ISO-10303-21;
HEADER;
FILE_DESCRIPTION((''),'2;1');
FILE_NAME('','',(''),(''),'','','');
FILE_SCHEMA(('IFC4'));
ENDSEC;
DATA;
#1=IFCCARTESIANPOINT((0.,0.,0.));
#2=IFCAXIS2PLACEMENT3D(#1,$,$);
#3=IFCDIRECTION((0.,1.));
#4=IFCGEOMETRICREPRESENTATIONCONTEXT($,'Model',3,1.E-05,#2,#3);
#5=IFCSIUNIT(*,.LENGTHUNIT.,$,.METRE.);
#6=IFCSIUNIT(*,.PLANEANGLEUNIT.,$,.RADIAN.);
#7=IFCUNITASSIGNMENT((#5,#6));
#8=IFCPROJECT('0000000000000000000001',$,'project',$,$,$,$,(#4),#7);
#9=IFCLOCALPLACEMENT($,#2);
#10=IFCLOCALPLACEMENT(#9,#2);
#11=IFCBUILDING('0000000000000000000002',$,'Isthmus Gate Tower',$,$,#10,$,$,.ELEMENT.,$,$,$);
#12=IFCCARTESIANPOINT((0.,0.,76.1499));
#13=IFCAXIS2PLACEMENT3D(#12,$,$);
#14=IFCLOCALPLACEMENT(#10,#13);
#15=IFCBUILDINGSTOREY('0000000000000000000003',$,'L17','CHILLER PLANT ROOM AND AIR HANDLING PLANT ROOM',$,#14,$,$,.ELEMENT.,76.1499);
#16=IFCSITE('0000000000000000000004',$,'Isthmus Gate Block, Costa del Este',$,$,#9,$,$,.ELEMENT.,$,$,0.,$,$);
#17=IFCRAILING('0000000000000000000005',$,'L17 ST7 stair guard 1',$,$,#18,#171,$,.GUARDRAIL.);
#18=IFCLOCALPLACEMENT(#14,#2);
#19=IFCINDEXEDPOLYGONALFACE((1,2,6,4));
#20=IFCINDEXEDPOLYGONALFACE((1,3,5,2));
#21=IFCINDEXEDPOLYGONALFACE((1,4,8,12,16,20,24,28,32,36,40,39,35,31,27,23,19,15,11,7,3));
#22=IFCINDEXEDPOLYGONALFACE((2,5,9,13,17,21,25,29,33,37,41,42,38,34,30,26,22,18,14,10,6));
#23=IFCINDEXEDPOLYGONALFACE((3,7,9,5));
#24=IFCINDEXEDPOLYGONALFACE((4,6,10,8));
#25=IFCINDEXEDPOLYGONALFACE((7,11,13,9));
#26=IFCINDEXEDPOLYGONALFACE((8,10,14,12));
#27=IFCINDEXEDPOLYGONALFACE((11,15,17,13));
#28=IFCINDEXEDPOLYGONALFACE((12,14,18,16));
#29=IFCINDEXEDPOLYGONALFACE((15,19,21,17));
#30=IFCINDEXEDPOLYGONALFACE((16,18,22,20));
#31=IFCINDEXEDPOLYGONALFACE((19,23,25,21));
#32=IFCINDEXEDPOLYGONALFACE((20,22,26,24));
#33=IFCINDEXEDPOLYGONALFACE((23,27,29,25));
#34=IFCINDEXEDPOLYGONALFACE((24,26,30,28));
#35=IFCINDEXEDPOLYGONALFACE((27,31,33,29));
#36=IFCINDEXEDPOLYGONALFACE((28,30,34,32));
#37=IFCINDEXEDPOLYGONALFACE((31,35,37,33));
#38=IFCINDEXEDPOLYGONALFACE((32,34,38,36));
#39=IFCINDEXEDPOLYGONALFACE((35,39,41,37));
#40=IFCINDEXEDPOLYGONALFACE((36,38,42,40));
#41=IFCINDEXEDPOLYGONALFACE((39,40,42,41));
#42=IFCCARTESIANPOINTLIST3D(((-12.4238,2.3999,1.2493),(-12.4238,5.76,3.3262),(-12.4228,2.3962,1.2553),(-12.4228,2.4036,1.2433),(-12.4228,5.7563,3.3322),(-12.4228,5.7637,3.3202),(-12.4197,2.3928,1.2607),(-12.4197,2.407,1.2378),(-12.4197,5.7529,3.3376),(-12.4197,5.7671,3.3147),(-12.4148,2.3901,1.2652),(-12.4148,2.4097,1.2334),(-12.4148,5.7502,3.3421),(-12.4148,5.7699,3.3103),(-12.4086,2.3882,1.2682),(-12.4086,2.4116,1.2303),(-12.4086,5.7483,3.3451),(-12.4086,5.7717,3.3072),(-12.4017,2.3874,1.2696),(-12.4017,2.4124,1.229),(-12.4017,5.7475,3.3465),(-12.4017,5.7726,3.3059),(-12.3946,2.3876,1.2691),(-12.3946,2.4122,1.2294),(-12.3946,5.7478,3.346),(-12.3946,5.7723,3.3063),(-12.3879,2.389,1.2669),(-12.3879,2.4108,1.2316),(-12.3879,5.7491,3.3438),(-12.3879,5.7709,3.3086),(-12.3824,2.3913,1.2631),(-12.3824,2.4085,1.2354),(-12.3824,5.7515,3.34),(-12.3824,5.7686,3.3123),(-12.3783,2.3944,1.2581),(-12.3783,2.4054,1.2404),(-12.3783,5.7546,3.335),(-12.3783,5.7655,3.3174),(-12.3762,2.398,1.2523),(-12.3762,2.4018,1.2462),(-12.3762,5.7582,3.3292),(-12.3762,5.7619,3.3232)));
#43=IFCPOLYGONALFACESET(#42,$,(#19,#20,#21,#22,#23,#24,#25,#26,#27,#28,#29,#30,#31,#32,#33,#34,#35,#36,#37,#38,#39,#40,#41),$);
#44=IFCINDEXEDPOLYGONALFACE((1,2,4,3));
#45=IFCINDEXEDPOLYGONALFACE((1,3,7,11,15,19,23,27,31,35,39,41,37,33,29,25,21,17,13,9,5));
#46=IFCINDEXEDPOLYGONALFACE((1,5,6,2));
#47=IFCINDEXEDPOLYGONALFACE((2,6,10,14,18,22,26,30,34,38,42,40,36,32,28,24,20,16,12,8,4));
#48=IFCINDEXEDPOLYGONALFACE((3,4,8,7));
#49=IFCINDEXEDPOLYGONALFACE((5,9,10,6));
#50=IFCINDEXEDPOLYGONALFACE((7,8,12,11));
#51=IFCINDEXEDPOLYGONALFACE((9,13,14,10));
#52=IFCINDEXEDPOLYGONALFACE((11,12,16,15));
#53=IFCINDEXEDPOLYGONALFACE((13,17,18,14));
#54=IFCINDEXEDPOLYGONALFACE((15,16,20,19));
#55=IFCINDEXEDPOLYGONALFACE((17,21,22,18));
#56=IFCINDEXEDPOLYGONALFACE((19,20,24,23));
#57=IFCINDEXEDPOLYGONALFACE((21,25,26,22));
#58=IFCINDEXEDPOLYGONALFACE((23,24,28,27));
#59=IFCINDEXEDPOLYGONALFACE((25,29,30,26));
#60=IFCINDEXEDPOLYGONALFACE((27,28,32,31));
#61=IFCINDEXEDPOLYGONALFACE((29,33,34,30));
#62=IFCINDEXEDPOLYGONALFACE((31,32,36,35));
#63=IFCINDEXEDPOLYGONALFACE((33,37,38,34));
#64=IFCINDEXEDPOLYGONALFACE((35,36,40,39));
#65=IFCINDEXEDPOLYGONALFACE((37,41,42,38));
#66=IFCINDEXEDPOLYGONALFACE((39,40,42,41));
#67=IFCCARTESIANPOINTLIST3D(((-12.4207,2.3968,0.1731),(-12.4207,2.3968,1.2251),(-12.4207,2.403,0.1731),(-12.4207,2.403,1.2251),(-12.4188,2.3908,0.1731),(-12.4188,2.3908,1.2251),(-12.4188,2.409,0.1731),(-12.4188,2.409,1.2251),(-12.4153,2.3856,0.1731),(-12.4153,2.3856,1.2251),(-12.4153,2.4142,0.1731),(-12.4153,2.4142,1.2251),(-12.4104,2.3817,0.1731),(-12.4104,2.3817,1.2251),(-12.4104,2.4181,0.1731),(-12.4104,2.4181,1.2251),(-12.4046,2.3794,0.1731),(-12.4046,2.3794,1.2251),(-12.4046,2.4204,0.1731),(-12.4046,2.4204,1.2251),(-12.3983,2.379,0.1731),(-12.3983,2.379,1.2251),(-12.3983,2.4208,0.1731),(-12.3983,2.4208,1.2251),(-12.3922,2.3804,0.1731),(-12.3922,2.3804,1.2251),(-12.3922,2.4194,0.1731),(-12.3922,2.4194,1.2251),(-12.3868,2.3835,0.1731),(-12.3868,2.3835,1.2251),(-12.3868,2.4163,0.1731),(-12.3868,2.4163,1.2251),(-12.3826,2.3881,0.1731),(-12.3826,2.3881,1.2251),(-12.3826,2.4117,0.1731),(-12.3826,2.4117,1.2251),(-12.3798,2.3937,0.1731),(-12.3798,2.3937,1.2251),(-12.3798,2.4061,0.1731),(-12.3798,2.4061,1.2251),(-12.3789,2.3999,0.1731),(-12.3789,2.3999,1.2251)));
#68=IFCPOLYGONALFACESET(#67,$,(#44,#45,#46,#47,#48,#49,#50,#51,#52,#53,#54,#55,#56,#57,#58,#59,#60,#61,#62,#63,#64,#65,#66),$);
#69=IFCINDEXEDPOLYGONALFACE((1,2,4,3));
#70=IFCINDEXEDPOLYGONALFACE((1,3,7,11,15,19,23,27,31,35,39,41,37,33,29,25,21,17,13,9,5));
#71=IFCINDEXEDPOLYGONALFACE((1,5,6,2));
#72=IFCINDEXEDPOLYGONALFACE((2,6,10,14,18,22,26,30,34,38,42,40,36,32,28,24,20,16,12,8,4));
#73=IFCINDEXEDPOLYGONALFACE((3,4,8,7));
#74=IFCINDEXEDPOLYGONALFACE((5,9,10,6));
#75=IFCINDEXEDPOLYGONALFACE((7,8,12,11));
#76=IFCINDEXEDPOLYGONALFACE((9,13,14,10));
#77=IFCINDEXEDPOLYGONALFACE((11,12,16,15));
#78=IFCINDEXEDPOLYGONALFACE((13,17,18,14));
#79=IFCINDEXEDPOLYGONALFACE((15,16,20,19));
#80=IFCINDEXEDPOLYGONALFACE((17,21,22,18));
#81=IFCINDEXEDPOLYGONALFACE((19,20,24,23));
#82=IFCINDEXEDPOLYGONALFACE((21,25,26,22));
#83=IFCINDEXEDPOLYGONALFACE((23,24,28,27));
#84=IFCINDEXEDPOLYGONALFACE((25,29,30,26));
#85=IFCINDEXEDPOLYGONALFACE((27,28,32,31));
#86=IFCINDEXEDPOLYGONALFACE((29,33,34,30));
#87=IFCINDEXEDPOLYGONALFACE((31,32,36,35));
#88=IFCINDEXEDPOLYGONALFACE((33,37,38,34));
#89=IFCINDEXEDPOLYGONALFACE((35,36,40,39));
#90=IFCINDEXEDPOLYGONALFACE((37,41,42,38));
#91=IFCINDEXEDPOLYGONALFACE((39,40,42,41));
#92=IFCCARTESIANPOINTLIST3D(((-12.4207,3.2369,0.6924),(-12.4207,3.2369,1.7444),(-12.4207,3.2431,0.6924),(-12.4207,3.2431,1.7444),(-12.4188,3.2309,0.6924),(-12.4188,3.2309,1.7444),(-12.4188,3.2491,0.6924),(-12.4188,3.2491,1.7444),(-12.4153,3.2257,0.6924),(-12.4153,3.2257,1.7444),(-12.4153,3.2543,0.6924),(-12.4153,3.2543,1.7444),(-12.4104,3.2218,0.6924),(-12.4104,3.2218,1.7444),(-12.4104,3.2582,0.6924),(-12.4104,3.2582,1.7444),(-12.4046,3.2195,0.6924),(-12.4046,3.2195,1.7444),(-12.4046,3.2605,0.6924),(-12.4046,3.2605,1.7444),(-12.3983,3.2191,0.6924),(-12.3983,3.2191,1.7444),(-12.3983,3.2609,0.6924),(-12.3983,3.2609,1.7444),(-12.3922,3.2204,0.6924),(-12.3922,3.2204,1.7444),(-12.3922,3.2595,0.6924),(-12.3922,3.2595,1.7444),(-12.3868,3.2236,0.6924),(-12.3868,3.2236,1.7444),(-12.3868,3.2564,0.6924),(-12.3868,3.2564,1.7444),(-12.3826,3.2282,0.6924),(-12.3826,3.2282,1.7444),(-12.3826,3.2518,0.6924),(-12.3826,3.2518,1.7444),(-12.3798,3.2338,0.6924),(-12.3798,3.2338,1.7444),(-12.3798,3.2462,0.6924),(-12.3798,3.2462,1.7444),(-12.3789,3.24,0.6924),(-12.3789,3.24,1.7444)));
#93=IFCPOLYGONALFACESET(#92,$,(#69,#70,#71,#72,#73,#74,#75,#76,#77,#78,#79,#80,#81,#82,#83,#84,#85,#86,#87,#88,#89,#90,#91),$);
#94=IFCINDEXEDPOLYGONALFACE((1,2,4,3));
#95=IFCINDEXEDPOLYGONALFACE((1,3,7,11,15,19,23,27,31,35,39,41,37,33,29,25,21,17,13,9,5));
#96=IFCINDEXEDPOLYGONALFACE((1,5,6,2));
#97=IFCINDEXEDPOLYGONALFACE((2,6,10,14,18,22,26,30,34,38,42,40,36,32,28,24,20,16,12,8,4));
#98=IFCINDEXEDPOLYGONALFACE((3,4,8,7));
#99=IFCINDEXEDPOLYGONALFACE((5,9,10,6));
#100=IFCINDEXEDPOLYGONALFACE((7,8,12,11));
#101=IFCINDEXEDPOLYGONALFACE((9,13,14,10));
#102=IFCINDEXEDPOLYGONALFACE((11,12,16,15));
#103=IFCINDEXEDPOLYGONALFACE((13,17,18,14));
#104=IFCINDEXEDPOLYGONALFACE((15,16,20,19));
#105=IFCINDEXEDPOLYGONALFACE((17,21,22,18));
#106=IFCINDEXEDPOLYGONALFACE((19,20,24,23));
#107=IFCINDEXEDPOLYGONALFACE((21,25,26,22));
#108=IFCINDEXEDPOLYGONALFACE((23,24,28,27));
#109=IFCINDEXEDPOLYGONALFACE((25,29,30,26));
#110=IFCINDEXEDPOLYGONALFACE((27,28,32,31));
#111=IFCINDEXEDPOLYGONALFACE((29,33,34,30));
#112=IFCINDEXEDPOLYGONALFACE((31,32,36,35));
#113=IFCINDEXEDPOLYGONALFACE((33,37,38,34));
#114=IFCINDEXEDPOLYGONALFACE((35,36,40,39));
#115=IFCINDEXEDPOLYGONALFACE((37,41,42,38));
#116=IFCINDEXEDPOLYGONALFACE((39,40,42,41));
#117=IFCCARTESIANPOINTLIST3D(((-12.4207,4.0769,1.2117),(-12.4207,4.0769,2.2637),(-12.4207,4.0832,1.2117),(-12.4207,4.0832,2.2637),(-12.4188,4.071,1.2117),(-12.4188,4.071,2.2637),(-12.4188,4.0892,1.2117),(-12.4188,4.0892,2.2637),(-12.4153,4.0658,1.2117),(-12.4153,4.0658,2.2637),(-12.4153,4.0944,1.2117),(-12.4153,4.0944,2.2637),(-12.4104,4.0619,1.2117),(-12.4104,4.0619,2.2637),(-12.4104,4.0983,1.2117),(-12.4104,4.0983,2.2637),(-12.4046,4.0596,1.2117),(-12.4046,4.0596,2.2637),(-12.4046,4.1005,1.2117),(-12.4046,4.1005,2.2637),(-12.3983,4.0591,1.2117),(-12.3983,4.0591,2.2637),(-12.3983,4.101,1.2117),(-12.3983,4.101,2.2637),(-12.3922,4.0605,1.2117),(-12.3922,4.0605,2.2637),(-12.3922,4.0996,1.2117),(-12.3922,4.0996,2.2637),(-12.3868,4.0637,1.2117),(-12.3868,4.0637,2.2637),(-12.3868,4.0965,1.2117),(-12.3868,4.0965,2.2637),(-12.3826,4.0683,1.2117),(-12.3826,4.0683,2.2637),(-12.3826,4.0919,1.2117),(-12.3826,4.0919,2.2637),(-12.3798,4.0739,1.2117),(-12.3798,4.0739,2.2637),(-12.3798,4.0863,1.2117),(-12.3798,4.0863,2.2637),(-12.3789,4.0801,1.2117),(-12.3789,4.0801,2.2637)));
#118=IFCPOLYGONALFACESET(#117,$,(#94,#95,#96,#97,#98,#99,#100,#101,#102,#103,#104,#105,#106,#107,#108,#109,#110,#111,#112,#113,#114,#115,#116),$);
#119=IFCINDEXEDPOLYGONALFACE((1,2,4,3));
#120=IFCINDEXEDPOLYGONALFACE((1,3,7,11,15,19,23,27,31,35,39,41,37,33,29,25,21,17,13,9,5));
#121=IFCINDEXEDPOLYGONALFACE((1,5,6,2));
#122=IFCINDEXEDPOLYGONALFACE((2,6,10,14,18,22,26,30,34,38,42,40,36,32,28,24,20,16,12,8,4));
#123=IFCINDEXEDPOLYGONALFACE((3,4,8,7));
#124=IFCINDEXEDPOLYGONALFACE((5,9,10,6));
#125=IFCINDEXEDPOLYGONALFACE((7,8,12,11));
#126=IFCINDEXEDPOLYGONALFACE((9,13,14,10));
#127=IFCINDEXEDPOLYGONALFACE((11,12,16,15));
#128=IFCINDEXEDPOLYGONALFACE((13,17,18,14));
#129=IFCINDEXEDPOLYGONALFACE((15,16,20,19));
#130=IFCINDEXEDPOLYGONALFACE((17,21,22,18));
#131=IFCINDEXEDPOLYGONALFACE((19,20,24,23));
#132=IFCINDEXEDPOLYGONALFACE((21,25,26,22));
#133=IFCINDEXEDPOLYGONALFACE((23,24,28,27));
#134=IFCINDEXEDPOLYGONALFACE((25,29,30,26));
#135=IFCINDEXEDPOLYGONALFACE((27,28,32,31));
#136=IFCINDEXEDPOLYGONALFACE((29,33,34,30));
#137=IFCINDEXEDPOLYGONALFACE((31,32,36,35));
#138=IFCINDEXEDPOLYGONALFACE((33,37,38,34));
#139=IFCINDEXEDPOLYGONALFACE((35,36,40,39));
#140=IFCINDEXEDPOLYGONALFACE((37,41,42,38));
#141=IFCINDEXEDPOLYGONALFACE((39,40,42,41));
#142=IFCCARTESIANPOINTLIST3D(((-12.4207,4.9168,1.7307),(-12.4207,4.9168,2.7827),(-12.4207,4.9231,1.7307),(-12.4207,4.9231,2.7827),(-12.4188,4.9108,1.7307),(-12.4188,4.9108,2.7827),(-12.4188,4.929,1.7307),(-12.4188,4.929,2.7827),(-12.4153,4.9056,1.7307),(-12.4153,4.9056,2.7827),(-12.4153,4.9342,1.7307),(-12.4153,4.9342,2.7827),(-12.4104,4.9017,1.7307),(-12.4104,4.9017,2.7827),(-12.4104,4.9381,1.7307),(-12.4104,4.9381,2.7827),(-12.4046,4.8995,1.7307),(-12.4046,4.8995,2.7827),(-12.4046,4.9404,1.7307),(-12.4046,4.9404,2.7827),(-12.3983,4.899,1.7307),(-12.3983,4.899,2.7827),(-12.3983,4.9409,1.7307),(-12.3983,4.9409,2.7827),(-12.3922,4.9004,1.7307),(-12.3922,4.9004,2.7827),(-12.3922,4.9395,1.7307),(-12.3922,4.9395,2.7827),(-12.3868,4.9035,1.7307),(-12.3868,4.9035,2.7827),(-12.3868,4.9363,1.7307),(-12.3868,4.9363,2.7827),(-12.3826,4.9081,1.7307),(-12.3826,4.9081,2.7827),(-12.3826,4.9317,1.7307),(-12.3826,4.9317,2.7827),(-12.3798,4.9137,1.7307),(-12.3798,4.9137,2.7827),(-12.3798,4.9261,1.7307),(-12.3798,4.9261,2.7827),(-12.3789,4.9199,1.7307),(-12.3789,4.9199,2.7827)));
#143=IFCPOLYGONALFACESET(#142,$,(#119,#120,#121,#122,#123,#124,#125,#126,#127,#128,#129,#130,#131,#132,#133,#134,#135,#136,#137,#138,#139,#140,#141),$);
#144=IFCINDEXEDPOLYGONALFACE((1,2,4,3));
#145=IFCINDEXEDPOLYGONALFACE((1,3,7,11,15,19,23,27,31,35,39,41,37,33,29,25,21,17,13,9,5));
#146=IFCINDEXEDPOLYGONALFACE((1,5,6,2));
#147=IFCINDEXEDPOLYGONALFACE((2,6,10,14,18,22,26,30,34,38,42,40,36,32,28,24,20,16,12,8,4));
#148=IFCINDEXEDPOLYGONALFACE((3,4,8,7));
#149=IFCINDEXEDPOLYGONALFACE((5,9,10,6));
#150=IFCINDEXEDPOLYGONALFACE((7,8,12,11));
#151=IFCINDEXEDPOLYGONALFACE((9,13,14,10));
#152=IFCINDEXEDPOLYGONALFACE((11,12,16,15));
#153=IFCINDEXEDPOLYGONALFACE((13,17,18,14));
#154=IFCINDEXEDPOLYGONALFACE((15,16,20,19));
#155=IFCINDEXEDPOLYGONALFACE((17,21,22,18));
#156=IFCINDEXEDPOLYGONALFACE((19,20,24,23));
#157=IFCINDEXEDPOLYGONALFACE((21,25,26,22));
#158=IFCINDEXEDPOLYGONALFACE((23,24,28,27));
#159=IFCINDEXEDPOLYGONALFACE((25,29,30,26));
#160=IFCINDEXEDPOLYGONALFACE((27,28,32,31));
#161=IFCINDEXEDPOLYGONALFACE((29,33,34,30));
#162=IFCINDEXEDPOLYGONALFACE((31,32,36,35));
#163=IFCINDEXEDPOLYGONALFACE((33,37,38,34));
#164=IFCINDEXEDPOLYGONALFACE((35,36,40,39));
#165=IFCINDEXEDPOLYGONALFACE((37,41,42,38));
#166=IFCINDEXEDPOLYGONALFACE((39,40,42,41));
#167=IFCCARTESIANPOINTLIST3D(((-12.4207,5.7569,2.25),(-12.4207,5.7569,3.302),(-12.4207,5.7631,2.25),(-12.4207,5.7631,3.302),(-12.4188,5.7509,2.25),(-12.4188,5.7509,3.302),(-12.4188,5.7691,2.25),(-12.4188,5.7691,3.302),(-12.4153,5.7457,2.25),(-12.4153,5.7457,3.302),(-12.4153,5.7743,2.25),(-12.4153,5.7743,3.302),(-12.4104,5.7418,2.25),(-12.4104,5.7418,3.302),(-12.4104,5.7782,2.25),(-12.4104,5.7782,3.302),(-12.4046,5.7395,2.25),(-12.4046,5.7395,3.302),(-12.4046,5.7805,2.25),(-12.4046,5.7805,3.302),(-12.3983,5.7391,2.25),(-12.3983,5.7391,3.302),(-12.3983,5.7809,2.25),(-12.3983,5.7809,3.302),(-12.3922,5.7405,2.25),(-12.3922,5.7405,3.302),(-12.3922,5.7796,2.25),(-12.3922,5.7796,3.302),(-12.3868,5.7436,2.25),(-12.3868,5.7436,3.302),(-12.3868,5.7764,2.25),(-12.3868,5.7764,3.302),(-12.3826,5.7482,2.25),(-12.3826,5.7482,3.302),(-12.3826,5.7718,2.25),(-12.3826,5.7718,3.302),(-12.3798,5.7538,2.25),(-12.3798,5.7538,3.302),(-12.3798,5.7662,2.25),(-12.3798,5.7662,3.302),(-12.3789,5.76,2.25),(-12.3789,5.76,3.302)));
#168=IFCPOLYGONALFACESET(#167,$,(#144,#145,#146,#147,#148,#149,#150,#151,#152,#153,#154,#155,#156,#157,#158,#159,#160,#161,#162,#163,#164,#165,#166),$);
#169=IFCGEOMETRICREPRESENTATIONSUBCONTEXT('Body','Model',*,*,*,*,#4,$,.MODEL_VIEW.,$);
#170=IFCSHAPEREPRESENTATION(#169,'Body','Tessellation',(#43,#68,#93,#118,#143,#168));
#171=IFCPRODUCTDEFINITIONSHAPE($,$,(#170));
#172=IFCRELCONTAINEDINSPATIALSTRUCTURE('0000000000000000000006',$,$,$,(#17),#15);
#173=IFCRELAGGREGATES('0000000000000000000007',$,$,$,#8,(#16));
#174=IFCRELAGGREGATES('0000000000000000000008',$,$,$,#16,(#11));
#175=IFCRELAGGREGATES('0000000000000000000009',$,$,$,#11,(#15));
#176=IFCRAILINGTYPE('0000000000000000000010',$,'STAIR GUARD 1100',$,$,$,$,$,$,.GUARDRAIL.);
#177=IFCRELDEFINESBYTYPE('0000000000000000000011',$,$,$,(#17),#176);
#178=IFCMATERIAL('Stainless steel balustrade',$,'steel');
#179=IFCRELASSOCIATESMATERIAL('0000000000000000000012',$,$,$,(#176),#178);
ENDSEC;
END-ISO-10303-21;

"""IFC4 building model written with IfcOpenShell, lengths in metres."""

from ifc_helpers import new_model, si_unit, direction, frame, origin, origin_2d, place, context, subcontext, project, spatial, circle, extrude, material, type_object, element, save


model = new_model("IFC4")

# Units and contexts
model_context = context("Model", 3, precision=1e-05, world=origin(), true_north=direction((0.0, 1.0)))
body_context = subcontext(model_context, "Body", "Model", "MODEL_VIEW")
ifc_project = project(units=[si_unit("LENGTHUNIT", "METRE"), si_unit("PLANEANGLEUNIT", "RADIAN")], contexts=[model_context])

# Site, building, storey
site_placement = place(None, origin())
site = spatial("IfcSite", under=ifc_project, at=site_placement, Name="Isthmus Gate Block, Costa del Este", CompositionType="ELEMENT", RefElevation=0.0)
building_placement = place(site_placement, origin())
building = spatial("IfcBuilding", under=site, at=building_placement, Name="Isthmus Gate Tower", CompositionType="ELEMENT")
storey_placement = place(building_placement, frame((0.0, 0.0, 76.1499)))
storey = spatial("IfcBuildingStorey", under=building, at=storey_placement, Name="L17", Description="CHILLER PLANT ROOM AND AIR HANDLING PLANT ROOM", CompositionType="ELEMENT", Elevation=76.1499)

# Railing
ifc_material_1 = material(Name="Stainless steel balustrade", Category="steel")
railing_type_1 = type_object("IfcRailingType", Name="STAIR GUARD 1100", PredefinedType="GUARDRAIL", material=ifc_material_1)
for number, where, name in (
    (1, (-12.3999, 2.3999, 0.1731), "L17 ST7 stair guard 1"),
):
    element("IfcRailing", number, at=place(storey_placement, frame(where)), inside=storey, type_object=railing_type_1, Name=name, PredefinedType="GUARDRAIL", context=body_context, shape_type="SweptSolid", body=[
        extrude(circle(Radius=0.0239, at=origin_2d()), frame((0.0, 0.0, 1.0762), z_axis=(0.0, 0.850623, 0.525776), x_axis=(-1.0, 0.0, 0.0)), (0.0, 0.0, 1.0), 3.9502),
        extrude(circle(Radius=0.021, at=origin_2d()), origin(), (0.0, 0.0, 1.0), 1.052),
        extrude(circle(Radius=0.021, at=origin_2d()), frame((0.0, 0.8401, 0.5193)), (0.0, 0.0, 1.0), 1.052),
        extrude(circle(Radius=0.021, at=origin_2d()), frame((0.0, 1.6802, 1.0386)), (0.0, 0.0, 1.0), 1.052),
        extrude(circle(Radius=0.021, at=origin_2d()), frame((0.0, 2.52, 1.5576)), (0.0, 0.0, 1.0), 1.052),
        extrude(circle(Radius=0.021, at=origin_2d()), frame((0.0, 3.3601, 2.0769)), (0.0, 0.0, 1.0), 1.052),
    ])

save(model, "model.ifc")
